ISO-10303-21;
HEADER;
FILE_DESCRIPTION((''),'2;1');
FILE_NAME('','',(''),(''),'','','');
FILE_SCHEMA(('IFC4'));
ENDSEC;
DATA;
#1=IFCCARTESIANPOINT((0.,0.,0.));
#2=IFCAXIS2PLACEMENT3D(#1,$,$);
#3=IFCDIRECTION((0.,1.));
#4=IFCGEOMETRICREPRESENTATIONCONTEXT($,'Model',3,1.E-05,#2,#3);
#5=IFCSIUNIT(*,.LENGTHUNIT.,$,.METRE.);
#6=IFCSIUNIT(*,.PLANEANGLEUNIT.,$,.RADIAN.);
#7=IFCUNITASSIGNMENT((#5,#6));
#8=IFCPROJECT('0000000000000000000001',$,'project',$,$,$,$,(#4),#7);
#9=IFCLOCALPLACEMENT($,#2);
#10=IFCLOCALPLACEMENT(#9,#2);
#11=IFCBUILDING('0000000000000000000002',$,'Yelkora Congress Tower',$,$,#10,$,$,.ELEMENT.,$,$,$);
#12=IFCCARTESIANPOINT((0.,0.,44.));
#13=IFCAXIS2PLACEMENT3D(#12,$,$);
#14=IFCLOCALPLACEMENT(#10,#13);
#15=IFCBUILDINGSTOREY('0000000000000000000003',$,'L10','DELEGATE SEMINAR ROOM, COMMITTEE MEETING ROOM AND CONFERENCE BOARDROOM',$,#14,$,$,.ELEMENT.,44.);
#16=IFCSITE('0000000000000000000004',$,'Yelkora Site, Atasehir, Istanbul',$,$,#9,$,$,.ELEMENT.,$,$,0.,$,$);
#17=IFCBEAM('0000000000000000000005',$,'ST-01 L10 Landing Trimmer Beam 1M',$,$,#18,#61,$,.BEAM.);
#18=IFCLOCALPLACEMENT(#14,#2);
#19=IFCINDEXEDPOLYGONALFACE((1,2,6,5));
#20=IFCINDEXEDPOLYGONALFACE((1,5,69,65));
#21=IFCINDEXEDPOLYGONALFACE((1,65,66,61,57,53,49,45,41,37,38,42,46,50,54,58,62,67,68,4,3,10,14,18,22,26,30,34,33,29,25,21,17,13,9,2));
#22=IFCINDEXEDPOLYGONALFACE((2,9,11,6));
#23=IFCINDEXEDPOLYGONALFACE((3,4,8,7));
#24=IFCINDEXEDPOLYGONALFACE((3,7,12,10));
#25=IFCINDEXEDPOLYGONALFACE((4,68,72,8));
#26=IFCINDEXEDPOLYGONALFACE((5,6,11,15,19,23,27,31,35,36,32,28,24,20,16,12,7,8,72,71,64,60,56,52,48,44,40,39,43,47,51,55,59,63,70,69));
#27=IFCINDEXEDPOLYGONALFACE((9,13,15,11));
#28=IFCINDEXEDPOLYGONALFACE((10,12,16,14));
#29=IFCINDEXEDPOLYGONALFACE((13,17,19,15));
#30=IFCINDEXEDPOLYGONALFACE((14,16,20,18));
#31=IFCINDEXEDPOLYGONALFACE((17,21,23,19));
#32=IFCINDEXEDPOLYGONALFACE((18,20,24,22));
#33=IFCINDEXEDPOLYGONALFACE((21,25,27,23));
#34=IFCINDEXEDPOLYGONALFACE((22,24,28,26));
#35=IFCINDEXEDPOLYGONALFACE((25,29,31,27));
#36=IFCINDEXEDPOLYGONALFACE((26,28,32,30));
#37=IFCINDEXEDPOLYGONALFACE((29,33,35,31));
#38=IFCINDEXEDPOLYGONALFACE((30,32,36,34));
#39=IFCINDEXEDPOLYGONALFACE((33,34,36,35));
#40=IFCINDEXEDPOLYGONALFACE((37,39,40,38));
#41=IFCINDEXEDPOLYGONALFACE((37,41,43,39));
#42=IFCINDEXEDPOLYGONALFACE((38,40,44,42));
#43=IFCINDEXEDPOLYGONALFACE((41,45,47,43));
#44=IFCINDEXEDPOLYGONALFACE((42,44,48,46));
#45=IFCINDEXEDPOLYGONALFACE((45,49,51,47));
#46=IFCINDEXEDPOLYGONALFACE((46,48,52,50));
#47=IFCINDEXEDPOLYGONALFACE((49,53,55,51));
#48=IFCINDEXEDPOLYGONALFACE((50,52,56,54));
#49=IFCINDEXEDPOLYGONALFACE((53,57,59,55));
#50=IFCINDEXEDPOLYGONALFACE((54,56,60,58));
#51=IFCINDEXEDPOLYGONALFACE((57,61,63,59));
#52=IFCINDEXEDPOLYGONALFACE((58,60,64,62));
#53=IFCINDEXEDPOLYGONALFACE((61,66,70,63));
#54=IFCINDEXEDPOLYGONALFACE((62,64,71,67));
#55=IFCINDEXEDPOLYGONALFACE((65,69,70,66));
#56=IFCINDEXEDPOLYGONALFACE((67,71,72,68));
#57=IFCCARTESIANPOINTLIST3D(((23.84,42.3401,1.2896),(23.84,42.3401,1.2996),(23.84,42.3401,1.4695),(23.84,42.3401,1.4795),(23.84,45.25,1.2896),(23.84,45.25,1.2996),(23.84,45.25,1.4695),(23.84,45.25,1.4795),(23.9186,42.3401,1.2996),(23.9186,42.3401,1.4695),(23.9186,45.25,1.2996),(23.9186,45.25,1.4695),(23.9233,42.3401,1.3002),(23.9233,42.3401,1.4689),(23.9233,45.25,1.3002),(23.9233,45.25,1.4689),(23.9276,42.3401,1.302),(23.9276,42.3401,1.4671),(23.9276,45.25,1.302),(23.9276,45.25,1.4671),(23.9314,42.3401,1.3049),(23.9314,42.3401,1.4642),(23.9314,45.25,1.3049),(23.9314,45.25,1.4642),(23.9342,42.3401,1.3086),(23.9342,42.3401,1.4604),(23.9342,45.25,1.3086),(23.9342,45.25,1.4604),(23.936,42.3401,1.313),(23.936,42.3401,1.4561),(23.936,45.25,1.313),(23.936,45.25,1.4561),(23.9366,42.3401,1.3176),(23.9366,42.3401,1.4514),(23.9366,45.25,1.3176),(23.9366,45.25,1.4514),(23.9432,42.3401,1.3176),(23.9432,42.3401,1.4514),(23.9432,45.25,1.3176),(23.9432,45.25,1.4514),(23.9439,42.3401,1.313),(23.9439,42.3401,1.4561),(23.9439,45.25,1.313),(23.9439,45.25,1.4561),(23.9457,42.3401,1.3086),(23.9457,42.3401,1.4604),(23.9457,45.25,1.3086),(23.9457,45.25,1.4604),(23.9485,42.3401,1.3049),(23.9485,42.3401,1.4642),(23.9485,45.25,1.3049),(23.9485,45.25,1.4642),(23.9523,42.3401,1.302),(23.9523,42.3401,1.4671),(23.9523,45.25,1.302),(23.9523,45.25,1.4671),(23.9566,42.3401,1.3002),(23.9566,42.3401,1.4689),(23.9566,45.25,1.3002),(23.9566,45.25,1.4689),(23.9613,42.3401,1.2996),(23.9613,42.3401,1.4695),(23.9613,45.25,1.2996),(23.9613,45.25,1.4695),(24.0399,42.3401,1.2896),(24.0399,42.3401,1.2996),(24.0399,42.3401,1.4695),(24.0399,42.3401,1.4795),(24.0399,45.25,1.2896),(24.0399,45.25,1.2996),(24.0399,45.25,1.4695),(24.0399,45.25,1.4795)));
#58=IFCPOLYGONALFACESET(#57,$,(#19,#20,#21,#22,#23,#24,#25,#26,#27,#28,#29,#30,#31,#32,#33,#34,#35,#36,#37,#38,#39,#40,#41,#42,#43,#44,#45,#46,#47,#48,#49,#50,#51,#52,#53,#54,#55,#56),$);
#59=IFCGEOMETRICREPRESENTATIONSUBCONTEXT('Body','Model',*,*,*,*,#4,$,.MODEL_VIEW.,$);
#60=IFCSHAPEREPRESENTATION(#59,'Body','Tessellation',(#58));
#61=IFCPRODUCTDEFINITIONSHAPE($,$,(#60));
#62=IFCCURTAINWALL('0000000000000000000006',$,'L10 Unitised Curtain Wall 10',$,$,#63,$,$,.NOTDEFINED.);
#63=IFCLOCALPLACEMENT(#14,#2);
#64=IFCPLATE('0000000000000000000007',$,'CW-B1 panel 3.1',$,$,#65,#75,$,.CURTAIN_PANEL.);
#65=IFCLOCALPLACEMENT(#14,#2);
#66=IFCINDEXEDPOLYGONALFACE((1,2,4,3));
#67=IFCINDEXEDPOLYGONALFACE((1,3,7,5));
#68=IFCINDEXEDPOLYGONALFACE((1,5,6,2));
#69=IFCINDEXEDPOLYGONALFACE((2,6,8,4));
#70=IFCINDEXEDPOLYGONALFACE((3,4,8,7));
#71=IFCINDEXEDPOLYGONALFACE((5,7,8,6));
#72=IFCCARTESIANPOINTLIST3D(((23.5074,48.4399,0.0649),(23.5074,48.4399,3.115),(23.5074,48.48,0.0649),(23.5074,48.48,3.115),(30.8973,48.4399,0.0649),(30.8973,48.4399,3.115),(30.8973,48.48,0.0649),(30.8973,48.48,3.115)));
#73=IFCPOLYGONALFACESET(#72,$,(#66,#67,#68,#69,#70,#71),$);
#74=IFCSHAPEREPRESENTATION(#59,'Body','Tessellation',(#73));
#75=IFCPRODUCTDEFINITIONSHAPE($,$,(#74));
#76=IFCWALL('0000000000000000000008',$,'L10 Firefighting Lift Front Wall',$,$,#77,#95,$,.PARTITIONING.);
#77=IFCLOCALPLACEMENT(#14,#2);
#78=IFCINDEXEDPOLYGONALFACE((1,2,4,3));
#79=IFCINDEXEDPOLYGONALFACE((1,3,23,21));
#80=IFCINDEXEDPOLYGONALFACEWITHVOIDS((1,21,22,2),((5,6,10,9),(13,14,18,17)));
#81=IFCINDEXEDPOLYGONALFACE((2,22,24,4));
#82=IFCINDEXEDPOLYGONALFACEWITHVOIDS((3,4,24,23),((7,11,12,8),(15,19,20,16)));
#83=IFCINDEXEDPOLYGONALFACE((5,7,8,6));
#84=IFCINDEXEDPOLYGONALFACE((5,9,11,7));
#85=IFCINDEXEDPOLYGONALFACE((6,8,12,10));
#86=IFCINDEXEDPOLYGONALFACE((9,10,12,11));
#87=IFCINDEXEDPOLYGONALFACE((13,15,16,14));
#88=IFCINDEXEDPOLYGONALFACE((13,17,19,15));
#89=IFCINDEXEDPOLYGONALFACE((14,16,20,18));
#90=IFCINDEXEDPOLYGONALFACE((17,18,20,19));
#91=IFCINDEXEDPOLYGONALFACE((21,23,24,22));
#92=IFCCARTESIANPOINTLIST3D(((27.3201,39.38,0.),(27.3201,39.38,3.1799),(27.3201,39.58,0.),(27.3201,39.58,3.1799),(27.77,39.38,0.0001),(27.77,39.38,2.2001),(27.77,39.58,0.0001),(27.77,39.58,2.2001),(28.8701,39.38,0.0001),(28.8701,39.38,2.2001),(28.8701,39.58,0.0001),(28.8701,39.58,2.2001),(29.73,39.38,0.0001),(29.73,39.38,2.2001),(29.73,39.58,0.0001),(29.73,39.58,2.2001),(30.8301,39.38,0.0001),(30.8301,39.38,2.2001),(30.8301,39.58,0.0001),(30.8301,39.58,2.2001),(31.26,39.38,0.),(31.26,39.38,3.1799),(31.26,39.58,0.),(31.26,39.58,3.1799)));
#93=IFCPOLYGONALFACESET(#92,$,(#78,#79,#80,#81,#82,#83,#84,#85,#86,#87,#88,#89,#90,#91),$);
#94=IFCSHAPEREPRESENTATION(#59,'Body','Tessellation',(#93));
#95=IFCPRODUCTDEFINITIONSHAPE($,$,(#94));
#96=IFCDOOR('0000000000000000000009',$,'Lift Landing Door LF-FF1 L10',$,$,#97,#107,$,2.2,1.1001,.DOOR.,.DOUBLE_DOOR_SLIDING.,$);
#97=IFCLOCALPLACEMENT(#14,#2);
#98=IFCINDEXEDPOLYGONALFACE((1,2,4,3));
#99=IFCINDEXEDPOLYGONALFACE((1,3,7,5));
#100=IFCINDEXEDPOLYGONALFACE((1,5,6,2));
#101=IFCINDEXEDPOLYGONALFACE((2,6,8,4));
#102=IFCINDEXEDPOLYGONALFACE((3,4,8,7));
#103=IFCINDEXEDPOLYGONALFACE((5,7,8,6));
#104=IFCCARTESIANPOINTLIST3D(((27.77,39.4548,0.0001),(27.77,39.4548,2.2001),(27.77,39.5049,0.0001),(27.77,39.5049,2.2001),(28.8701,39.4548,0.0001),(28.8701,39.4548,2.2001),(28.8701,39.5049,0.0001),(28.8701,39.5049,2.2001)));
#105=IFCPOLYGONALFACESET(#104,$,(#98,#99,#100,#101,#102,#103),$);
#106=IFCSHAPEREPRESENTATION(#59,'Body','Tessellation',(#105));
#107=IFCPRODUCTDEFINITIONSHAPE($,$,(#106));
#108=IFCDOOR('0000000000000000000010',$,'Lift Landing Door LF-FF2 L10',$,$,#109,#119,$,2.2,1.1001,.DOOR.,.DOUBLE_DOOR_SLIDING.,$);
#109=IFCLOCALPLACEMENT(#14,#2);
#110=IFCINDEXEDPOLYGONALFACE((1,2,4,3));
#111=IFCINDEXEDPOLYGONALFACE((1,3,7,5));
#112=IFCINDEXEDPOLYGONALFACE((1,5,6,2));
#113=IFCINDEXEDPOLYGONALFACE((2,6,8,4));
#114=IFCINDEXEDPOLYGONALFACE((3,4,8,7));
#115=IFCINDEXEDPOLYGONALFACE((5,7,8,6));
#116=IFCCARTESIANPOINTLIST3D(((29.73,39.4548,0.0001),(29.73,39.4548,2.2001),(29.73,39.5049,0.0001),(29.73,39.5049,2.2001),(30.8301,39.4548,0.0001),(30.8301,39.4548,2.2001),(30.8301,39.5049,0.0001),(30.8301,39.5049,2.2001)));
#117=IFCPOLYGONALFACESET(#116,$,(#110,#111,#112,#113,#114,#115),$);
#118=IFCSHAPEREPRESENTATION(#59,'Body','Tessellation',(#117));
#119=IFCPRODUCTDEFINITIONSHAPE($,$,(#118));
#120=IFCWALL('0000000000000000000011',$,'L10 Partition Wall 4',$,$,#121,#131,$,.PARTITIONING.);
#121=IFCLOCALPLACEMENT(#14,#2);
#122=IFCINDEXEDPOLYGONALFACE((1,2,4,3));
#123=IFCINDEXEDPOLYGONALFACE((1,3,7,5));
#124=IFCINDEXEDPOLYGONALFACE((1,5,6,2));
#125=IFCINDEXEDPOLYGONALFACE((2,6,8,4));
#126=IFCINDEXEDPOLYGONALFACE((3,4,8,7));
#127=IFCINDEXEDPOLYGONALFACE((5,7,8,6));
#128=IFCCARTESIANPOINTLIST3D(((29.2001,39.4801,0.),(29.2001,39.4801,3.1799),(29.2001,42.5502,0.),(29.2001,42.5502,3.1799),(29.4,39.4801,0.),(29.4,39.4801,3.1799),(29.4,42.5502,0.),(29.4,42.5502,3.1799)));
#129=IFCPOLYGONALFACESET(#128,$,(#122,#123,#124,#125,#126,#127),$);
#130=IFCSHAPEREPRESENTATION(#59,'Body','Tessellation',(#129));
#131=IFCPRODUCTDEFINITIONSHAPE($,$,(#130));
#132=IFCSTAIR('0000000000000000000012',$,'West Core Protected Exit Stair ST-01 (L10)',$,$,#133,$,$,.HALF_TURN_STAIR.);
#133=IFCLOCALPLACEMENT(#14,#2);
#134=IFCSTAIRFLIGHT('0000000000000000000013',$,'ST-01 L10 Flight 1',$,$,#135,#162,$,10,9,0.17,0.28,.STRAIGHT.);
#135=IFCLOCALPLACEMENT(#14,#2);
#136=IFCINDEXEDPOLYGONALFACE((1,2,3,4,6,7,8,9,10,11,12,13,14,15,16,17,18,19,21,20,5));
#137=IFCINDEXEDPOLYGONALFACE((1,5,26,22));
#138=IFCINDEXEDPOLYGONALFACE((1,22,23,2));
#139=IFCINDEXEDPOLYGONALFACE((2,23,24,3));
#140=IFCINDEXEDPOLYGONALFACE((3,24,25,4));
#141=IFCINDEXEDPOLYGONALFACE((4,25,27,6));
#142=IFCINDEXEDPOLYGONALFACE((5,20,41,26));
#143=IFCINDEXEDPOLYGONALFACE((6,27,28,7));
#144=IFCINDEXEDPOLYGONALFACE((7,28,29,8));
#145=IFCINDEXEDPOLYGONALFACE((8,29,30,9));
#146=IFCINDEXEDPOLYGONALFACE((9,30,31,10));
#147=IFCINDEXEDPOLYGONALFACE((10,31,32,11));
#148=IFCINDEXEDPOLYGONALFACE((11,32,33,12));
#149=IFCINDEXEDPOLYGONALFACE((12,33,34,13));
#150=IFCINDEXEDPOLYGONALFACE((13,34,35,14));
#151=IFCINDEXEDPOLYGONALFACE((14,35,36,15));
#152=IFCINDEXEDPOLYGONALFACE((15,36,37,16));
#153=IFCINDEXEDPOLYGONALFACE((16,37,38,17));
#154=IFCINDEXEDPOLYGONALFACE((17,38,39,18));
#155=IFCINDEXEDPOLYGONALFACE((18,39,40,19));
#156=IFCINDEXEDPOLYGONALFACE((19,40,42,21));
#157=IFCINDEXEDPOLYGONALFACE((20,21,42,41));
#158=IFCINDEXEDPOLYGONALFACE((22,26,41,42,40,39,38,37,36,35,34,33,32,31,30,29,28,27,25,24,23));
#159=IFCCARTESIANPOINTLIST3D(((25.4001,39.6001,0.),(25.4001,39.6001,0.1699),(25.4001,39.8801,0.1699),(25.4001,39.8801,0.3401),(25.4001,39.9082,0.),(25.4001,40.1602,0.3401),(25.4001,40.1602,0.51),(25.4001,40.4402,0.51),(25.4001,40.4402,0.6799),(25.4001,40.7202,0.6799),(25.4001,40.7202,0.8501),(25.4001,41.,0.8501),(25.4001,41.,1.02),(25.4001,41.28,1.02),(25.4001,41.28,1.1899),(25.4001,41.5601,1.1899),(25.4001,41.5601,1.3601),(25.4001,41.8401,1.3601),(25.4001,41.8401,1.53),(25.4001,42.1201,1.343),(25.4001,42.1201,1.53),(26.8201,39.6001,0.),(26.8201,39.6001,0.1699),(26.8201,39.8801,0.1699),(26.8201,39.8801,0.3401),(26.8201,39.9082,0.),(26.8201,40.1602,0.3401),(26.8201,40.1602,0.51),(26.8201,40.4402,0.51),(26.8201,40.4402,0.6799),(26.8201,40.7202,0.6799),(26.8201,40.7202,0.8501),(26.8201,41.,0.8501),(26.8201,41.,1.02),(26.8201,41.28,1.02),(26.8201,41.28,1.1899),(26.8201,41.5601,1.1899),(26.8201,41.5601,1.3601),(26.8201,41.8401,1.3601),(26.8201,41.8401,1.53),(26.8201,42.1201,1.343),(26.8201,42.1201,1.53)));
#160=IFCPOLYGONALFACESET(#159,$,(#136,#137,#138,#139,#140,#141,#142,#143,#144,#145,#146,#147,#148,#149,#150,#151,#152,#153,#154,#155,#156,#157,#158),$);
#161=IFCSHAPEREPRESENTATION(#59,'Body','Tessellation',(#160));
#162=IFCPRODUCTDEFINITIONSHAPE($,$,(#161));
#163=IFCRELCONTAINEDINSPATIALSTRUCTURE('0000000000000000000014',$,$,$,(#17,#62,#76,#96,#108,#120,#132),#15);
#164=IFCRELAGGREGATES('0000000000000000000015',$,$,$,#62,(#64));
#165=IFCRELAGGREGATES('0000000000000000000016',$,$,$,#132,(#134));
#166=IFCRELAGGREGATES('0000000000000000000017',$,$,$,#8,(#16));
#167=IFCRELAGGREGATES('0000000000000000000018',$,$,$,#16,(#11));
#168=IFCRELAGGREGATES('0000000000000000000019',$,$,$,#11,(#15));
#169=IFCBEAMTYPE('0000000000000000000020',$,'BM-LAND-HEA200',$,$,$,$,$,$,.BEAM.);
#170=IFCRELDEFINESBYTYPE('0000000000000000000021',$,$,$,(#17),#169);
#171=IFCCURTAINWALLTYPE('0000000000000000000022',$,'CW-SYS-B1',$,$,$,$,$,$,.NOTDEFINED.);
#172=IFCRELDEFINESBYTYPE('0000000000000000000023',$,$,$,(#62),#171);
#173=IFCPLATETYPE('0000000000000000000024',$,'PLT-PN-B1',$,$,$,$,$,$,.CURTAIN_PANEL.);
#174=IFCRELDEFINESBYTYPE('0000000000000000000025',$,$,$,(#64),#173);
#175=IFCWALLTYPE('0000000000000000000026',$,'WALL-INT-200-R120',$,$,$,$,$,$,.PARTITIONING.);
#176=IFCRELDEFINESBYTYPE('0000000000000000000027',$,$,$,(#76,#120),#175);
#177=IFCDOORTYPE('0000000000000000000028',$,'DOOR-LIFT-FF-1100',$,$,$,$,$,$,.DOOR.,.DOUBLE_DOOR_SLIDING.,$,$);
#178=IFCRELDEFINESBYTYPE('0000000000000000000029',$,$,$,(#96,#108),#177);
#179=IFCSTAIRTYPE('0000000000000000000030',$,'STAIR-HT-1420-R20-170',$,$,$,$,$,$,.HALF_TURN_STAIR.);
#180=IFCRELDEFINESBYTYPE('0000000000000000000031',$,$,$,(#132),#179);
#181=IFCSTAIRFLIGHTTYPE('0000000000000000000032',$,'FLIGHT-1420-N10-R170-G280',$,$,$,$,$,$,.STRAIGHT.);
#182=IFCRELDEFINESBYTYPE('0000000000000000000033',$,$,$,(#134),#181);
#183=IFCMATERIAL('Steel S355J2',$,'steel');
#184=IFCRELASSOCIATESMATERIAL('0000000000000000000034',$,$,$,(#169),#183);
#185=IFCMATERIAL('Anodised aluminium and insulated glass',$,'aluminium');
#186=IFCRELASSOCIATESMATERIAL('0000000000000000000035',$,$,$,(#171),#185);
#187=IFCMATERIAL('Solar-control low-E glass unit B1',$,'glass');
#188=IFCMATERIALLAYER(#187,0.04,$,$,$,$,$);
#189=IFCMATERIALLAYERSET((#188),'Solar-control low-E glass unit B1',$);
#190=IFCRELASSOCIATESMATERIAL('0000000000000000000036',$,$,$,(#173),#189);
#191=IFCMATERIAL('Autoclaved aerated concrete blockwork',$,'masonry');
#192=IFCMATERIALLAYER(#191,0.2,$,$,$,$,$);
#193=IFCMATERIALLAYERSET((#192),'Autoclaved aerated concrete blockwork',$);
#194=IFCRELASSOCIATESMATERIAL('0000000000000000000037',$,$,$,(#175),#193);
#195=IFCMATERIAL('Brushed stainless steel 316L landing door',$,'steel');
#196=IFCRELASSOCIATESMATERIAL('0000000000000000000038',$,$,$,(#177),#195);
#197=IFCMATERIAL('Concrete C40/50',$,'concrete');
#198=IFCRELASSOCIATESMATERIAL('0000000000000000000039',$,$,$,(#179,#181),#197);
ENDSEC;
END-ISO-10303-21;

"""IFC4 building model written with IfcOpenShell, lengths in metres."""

from ifc_helpers import new_model, si_unit, direction, frame, frame_2d, origin, origin_2d, place, context, subcontext, project, spatial, polyline, rectangle, i_section, outline, extrude, material, layer, layer_set, material_profile, profile_set, type_object, element, fill, aggregate, save


model = new_model("IFC4")

# Units and contexts
model_context = context("Model", 3, precision=1e-05, world=origin(), true_north=direction((0.0, 1.0)))
body_context = subcontext(model_context, "Body", "Model", "MODEL_VIEW")
ifc_project = project(units=[si_unit("LENGTHUNIT", "METRE"), si_unit("PLANEANGLEUNIT", "RADIAN")], contexts=[model_context])

# Site, building, storey
site_placement = place(None, origin())
site = spatial("IfcSite", under=ifc_project, at=site_placement, Name="Yelkora Site, Atasehir, Istanbul", CompositionType="ELEMENT", RefElevation=0.0)
building_placement = place(site_placement, origin())
building = spatial("IfcBuilding", under=site, at=building_placement, Name="Yelkora Congress Tower", CompositionType="ELEMENT")
storey_placement = place(building_placement, frame((0.0, 0.0, 44.0)))
storey = spatial("IfcBuildingStorey", under=building, at=storey_placement, Name="L10", Description="DELEGATE SEMINAR ROOM, COMMITTEE MEETING ROOM AND CONFERENCE BOARDROOM", CompositionType="ELEMENT", Elevation=44.0)

# Beam
ifc_material_1 = material(Name="Steel S355J2", Category="steel")
ifc_material_profile = material_profile(ifc_material_1, i_section(OverallWidth=0.2, OverallDepth=0.1899, WebThickness=0.0066, FlangeThickness=0.01, FilletRadius=0.0181, at=origin_2d()), Name="HEA 200")
ifc_profile_set = profile_set([ifc_material_profile], Name="Steel S355J2")
beam_type = type_object("IfcBeamType", Name="BM-LAND-HEA200", PredefinedType="BEAM", material=ifc_profile_set)
beam_placement = place(storey_placement, frame((23.9399, 42.3401, 1.3845), z_axis=(0.0, 1.0, 0.0), x_axis=(-1.0, 0.0, 0.0)))
element("IfcBeam", 1, at=beam_placement, inside=storey, type_object=beam_type, Name="ST-01 L10 Landing Trimmer Beam 1M", PredefinedType="BEAM", context=body_context, shape_type="SweptSolid", body=[
    extrude(i_section(OverallWidth=0.2, OverallDepth=0.1899, WebThickness=0.0066, FlangeThickness=0.01, FilletRadius=0.0181, at=origin_2d()), origin(), (0.0, 0.0, 1.0), 2.9099),
])

# Curtain wall, plate
ifc_material_2 = material(Name="Anodised aluminium and insulated glass", Category="aluminium")
curtain_wall_type = type_object("IfcCurtainWallType", Name="CW-SYS-B1", PredefinedType="NOTDEFINED", material=ifc_material_2)
curtain_wall_placement = place(storey_placement, origin())
curtain_wall = element("IfcCurtainWall", 2, at=curtain_wall_placement, inside=storey, type_object=curtain_wall_type, Name="L10 Unitised Curtain Wall 10", PredefinedType="NOTDEFINED")
ifc_material_3 = material(Name="Solar-control low-E glass unit B1", Category="glass")
ifc_layer_1 = layer(ifc_material_3, 0.04)
ifc_layer_set_1 = layer_set([ifc_layer_1], Name="Solar-control low-E glass unit B1")
plate_type = type_object("IfcPlateType", Name="PLT-PN-B1", PredefinedType="CURTAIN_PANEL", material=ifc_layer_set_1)
plate_placement = place(storey_placement, frame((27.2024, 48.46, 0.0649), z_axis=(0.0, 0.0, 1.0), x_axis=(1.0, 0.0, 0.0)))
plate = element("IfcPlate", 3, at=plate_placement, type_object=plate_type, Name="CW-B1 panel 3.1", PredefinedType="CURTAIN_PANEL", context=body_context, shape_type="SweptSolid", body=[
    extrude(rectangle(XDim=7.3899, YDim=0.04, at=origin_2d()), origin(), (0.0, 0.0, 1.0), 3.05),
])
aggregate(curtain_wall, [plate])

# Shared definitions
ifc_material_4 = material(Name="Autoclaved aerated concrete blockwork", Category="masonry")
ifc_layer_2 = layer(ifc_material_4, 0.2)
ifc_layer_set_2 = layer_set([ifc_layer_2], Name="Autoclaved aerated concrete blockwork")
wall_type_1 = type_object("IfcWallType", Name="WALL-INT-200-R120", PredefinedType="PARTITIONING", material=ifc_layer_set_2)

# Wall, openings, doors
wall_1_placement = place(storey_placement, frame((27.3201, 39.48, 0.0), z_axis=(0.0, 0.0, 1.0), x_axis=(1.0, 0.0, 0.0)))
wall_1 = element("IfcWall", 4, at=wall_1_placement, inside=storey, type_object=wall_type_1, Name="L10 Firefighting Lift Front Wall", PredefinedType="PARTITIONING", context=body_context, shape_type="SweptSolid", body=[
    extrude(rectangle(XDim=3.9399, YDim=0.2, at=frame_2d((1.97, 0.0))), origin(), (0.0, 0.0, 1.0), 3.1799),
])
opening_1_placement = place(wall_1_placement, frame((0.45, 0.0, 0.0)))
opening_1 = element("IfcOpeningElement", 5, at=opening_1_placement, cuts=wall_1, PredefinedType="OPENING", context=body_context, shape_type="SweptSolid", body=[
    extrude(rectangle(XDim=1.1001, YDim=2.2, at=frame_2d((0.55, 1.1001))), frame((0.0, 0.1099, 0.0), z_axis=(0.0, -1.0, 0.0), x_axis=(1.0, 0.0, 0.0)), (0.0, 0.0, 1.0), 0.22),
])
opening_2_placement = place(wall_1_placement, frame((2.4099, 0.0, 0.0)))
opening_2 = element("IfcOpeningElement", 6, at=opening_2_placement, cuts=wall_1, PredefinedType="OPENING", context=body_context, shape_type="SweptSolid", body=[
    extrude(rectangle(XDim=1.1001, YDim=2.2, at=frame_2d((0.55, 1.1001))), frame((0.0, 0.1099, 0.0), z_axis=(0.0, -1.0, 0.0), x_axis=(1.0, 0.0, 0.0)), (0.0, 0.0, 1.0), 0.22),
])
ifc_material_5 = material(Name="Brushed stainless steel 316L landing door", Category="steel")
door_type_1 = type_object("IfcDoorType", Name="DOOR-LIFT-FF-1100", OperationType="DOUBLE_DOOR_SLIDING", PredefinedType="DOOR", material=ifc_material_5)
door_1_placement = place(opening_1_placement, origin())
door_1 = element("IfcDoor", 7, at=door_1_placement, inside=storey, type_object=door_type_1, Name="Lift Landing Door LF-FF1 L10", OperationType="DOUBLE_DOOR_SLIDING", OverallHeight=2.2, OverallWidth=1.1001, PredefinedType="DOOR", context=body_context, shape_type="SweptSolid", body=[
    extrude(rectangle(XDim=1.1001, YDim=2.2, at=frame_2d((0.55, 1.1001))), frame((0.0, 0.0249, 0.0), z_axis=(0.0, -1.0, 0.0), x_axis=(1.0, 0.0, 0.0)), (0.0, 0.0, 1.0), 0.05),
])
fill(opening_1, door_1)
door_2_placement = place(opening_2_placement, origin())
door_2 = element("IfcDoor", 8, at=door_2_placement, inside=storey, type_object=door_type_1, Name="Lift Landing Door LF-FF2 L10", OperationType="DOUBLE_DOOR_SLIDING", OverallHeight=2.2, OverallWidth=1.1001, PredefinedType="DOOR", context=body_context, shape_type="SweptSolid", body=[
    extrude(rectangle(XDim=1.1001, YDim=2.2, at=frame_2d((0.55, 1.1001))), frame((0.0, 0.0249, 0.0), z_axis=(0.0, -1.0, 0.0), x_axis=(1.0, 0.0, 0.0)), (0.0, 0.0, 1.0), 0.05),
])
fill(opening_2, door_2)

# Wall
wall_2_placement = place(storey_placement, frame((29.3, 39.48, 0.0), z_axis=(0.0, 0.0, 1.0), x_axis=(0.0, 1.0, 0.0)))
element("IfcWall", 9, at=wall_2_placement, inside=storey, type_object=wall_type_1, Name="L10 Partition Wall 4", PredefinedType="PARTITIONING", context=body_context, shape_type="SweptSolid", body=[
    extrude(rectangle(XDim=3.0701, YDim=0.2, at=frame_2d((1.5352, 0.0))), origin(), (0.0, 0.0, 1.0), 3.1799),
])

# Stair, stair flight
ifc_material_6 = material(Name="Concrete C40/50", Category="concrete")
stair_type = type_object("IfcStairType", Name="STAIR-HT-1420-R20-170", PredefinedType="HALF_TURN_STAIR", material=ifc_material_6)
stair_placement = place(storey_placement, origin())
stair = element("IfcStair", 10, at=stair_placement, inside=storey, type_object=stair_type, Name="West Core Protected Exit Stair ST-01 (L10)", PredefinedType="HALF_TURN_STAIR")
stair_flight_type = type_object("IfcStairFlightType", Name="FLIGHT-1420-N10-R170-G280", PredefinedType="STRAIGHT", material=ifc_material_6)
stair_flight_1_placement = place(storey_placement, frame((26.1101, 39.6001, 0.0), z_axis=(0.0, 0.0, 1.0), x_axis=(0.0, 1.0, 0.0)))
stair_flight_1 = element("IfcStairFlight", 11, at=stair_flight_1_placement, type_object=stair_flight_type, Name="ST-01 L10 Flight 1", NumberOfRisers=10, NumberOfTreads=9, PredefinedType="STRAIGHT", RiserHeight=0.17, TreadLength=0.28, context=body_context, shape_type="SweptSolid", body=[
    extrude(outline(polyline([(0.0, 0.0), (0.0, 0.1699), (0.28, 0.1699), (0.28, 0.3401), (0.5601, 0.3401), (0.5601, 0.51), (0.8401, 0.51), (0.8401, 0.6799), (1.1201, 0.6799), (1.1201, 0.8501), (1.3999, 0.8501), (1.3999, 1.02), (1.6799, 1.02), (1.6799, 1.1899), (1.96, 1.1899), (1.96, 1.3601), (2.24, 1.3601), (2.24, 1.53), (2.52, 1.53), (2.52, 1.7), (2.52, 1.343), (0.3081, 0.0), (0.0, 0.0)])), frame((0.0, 0.71, 0.0), z_axis=(0.0, -1.0, 0.0), x_axis=(1.0, 0.0, 0.0)), (0.0, 0.0, 1.0), 1.4199),
])
aggregate(stair, [stair_flight_1])

save(model, "model.ifc")
